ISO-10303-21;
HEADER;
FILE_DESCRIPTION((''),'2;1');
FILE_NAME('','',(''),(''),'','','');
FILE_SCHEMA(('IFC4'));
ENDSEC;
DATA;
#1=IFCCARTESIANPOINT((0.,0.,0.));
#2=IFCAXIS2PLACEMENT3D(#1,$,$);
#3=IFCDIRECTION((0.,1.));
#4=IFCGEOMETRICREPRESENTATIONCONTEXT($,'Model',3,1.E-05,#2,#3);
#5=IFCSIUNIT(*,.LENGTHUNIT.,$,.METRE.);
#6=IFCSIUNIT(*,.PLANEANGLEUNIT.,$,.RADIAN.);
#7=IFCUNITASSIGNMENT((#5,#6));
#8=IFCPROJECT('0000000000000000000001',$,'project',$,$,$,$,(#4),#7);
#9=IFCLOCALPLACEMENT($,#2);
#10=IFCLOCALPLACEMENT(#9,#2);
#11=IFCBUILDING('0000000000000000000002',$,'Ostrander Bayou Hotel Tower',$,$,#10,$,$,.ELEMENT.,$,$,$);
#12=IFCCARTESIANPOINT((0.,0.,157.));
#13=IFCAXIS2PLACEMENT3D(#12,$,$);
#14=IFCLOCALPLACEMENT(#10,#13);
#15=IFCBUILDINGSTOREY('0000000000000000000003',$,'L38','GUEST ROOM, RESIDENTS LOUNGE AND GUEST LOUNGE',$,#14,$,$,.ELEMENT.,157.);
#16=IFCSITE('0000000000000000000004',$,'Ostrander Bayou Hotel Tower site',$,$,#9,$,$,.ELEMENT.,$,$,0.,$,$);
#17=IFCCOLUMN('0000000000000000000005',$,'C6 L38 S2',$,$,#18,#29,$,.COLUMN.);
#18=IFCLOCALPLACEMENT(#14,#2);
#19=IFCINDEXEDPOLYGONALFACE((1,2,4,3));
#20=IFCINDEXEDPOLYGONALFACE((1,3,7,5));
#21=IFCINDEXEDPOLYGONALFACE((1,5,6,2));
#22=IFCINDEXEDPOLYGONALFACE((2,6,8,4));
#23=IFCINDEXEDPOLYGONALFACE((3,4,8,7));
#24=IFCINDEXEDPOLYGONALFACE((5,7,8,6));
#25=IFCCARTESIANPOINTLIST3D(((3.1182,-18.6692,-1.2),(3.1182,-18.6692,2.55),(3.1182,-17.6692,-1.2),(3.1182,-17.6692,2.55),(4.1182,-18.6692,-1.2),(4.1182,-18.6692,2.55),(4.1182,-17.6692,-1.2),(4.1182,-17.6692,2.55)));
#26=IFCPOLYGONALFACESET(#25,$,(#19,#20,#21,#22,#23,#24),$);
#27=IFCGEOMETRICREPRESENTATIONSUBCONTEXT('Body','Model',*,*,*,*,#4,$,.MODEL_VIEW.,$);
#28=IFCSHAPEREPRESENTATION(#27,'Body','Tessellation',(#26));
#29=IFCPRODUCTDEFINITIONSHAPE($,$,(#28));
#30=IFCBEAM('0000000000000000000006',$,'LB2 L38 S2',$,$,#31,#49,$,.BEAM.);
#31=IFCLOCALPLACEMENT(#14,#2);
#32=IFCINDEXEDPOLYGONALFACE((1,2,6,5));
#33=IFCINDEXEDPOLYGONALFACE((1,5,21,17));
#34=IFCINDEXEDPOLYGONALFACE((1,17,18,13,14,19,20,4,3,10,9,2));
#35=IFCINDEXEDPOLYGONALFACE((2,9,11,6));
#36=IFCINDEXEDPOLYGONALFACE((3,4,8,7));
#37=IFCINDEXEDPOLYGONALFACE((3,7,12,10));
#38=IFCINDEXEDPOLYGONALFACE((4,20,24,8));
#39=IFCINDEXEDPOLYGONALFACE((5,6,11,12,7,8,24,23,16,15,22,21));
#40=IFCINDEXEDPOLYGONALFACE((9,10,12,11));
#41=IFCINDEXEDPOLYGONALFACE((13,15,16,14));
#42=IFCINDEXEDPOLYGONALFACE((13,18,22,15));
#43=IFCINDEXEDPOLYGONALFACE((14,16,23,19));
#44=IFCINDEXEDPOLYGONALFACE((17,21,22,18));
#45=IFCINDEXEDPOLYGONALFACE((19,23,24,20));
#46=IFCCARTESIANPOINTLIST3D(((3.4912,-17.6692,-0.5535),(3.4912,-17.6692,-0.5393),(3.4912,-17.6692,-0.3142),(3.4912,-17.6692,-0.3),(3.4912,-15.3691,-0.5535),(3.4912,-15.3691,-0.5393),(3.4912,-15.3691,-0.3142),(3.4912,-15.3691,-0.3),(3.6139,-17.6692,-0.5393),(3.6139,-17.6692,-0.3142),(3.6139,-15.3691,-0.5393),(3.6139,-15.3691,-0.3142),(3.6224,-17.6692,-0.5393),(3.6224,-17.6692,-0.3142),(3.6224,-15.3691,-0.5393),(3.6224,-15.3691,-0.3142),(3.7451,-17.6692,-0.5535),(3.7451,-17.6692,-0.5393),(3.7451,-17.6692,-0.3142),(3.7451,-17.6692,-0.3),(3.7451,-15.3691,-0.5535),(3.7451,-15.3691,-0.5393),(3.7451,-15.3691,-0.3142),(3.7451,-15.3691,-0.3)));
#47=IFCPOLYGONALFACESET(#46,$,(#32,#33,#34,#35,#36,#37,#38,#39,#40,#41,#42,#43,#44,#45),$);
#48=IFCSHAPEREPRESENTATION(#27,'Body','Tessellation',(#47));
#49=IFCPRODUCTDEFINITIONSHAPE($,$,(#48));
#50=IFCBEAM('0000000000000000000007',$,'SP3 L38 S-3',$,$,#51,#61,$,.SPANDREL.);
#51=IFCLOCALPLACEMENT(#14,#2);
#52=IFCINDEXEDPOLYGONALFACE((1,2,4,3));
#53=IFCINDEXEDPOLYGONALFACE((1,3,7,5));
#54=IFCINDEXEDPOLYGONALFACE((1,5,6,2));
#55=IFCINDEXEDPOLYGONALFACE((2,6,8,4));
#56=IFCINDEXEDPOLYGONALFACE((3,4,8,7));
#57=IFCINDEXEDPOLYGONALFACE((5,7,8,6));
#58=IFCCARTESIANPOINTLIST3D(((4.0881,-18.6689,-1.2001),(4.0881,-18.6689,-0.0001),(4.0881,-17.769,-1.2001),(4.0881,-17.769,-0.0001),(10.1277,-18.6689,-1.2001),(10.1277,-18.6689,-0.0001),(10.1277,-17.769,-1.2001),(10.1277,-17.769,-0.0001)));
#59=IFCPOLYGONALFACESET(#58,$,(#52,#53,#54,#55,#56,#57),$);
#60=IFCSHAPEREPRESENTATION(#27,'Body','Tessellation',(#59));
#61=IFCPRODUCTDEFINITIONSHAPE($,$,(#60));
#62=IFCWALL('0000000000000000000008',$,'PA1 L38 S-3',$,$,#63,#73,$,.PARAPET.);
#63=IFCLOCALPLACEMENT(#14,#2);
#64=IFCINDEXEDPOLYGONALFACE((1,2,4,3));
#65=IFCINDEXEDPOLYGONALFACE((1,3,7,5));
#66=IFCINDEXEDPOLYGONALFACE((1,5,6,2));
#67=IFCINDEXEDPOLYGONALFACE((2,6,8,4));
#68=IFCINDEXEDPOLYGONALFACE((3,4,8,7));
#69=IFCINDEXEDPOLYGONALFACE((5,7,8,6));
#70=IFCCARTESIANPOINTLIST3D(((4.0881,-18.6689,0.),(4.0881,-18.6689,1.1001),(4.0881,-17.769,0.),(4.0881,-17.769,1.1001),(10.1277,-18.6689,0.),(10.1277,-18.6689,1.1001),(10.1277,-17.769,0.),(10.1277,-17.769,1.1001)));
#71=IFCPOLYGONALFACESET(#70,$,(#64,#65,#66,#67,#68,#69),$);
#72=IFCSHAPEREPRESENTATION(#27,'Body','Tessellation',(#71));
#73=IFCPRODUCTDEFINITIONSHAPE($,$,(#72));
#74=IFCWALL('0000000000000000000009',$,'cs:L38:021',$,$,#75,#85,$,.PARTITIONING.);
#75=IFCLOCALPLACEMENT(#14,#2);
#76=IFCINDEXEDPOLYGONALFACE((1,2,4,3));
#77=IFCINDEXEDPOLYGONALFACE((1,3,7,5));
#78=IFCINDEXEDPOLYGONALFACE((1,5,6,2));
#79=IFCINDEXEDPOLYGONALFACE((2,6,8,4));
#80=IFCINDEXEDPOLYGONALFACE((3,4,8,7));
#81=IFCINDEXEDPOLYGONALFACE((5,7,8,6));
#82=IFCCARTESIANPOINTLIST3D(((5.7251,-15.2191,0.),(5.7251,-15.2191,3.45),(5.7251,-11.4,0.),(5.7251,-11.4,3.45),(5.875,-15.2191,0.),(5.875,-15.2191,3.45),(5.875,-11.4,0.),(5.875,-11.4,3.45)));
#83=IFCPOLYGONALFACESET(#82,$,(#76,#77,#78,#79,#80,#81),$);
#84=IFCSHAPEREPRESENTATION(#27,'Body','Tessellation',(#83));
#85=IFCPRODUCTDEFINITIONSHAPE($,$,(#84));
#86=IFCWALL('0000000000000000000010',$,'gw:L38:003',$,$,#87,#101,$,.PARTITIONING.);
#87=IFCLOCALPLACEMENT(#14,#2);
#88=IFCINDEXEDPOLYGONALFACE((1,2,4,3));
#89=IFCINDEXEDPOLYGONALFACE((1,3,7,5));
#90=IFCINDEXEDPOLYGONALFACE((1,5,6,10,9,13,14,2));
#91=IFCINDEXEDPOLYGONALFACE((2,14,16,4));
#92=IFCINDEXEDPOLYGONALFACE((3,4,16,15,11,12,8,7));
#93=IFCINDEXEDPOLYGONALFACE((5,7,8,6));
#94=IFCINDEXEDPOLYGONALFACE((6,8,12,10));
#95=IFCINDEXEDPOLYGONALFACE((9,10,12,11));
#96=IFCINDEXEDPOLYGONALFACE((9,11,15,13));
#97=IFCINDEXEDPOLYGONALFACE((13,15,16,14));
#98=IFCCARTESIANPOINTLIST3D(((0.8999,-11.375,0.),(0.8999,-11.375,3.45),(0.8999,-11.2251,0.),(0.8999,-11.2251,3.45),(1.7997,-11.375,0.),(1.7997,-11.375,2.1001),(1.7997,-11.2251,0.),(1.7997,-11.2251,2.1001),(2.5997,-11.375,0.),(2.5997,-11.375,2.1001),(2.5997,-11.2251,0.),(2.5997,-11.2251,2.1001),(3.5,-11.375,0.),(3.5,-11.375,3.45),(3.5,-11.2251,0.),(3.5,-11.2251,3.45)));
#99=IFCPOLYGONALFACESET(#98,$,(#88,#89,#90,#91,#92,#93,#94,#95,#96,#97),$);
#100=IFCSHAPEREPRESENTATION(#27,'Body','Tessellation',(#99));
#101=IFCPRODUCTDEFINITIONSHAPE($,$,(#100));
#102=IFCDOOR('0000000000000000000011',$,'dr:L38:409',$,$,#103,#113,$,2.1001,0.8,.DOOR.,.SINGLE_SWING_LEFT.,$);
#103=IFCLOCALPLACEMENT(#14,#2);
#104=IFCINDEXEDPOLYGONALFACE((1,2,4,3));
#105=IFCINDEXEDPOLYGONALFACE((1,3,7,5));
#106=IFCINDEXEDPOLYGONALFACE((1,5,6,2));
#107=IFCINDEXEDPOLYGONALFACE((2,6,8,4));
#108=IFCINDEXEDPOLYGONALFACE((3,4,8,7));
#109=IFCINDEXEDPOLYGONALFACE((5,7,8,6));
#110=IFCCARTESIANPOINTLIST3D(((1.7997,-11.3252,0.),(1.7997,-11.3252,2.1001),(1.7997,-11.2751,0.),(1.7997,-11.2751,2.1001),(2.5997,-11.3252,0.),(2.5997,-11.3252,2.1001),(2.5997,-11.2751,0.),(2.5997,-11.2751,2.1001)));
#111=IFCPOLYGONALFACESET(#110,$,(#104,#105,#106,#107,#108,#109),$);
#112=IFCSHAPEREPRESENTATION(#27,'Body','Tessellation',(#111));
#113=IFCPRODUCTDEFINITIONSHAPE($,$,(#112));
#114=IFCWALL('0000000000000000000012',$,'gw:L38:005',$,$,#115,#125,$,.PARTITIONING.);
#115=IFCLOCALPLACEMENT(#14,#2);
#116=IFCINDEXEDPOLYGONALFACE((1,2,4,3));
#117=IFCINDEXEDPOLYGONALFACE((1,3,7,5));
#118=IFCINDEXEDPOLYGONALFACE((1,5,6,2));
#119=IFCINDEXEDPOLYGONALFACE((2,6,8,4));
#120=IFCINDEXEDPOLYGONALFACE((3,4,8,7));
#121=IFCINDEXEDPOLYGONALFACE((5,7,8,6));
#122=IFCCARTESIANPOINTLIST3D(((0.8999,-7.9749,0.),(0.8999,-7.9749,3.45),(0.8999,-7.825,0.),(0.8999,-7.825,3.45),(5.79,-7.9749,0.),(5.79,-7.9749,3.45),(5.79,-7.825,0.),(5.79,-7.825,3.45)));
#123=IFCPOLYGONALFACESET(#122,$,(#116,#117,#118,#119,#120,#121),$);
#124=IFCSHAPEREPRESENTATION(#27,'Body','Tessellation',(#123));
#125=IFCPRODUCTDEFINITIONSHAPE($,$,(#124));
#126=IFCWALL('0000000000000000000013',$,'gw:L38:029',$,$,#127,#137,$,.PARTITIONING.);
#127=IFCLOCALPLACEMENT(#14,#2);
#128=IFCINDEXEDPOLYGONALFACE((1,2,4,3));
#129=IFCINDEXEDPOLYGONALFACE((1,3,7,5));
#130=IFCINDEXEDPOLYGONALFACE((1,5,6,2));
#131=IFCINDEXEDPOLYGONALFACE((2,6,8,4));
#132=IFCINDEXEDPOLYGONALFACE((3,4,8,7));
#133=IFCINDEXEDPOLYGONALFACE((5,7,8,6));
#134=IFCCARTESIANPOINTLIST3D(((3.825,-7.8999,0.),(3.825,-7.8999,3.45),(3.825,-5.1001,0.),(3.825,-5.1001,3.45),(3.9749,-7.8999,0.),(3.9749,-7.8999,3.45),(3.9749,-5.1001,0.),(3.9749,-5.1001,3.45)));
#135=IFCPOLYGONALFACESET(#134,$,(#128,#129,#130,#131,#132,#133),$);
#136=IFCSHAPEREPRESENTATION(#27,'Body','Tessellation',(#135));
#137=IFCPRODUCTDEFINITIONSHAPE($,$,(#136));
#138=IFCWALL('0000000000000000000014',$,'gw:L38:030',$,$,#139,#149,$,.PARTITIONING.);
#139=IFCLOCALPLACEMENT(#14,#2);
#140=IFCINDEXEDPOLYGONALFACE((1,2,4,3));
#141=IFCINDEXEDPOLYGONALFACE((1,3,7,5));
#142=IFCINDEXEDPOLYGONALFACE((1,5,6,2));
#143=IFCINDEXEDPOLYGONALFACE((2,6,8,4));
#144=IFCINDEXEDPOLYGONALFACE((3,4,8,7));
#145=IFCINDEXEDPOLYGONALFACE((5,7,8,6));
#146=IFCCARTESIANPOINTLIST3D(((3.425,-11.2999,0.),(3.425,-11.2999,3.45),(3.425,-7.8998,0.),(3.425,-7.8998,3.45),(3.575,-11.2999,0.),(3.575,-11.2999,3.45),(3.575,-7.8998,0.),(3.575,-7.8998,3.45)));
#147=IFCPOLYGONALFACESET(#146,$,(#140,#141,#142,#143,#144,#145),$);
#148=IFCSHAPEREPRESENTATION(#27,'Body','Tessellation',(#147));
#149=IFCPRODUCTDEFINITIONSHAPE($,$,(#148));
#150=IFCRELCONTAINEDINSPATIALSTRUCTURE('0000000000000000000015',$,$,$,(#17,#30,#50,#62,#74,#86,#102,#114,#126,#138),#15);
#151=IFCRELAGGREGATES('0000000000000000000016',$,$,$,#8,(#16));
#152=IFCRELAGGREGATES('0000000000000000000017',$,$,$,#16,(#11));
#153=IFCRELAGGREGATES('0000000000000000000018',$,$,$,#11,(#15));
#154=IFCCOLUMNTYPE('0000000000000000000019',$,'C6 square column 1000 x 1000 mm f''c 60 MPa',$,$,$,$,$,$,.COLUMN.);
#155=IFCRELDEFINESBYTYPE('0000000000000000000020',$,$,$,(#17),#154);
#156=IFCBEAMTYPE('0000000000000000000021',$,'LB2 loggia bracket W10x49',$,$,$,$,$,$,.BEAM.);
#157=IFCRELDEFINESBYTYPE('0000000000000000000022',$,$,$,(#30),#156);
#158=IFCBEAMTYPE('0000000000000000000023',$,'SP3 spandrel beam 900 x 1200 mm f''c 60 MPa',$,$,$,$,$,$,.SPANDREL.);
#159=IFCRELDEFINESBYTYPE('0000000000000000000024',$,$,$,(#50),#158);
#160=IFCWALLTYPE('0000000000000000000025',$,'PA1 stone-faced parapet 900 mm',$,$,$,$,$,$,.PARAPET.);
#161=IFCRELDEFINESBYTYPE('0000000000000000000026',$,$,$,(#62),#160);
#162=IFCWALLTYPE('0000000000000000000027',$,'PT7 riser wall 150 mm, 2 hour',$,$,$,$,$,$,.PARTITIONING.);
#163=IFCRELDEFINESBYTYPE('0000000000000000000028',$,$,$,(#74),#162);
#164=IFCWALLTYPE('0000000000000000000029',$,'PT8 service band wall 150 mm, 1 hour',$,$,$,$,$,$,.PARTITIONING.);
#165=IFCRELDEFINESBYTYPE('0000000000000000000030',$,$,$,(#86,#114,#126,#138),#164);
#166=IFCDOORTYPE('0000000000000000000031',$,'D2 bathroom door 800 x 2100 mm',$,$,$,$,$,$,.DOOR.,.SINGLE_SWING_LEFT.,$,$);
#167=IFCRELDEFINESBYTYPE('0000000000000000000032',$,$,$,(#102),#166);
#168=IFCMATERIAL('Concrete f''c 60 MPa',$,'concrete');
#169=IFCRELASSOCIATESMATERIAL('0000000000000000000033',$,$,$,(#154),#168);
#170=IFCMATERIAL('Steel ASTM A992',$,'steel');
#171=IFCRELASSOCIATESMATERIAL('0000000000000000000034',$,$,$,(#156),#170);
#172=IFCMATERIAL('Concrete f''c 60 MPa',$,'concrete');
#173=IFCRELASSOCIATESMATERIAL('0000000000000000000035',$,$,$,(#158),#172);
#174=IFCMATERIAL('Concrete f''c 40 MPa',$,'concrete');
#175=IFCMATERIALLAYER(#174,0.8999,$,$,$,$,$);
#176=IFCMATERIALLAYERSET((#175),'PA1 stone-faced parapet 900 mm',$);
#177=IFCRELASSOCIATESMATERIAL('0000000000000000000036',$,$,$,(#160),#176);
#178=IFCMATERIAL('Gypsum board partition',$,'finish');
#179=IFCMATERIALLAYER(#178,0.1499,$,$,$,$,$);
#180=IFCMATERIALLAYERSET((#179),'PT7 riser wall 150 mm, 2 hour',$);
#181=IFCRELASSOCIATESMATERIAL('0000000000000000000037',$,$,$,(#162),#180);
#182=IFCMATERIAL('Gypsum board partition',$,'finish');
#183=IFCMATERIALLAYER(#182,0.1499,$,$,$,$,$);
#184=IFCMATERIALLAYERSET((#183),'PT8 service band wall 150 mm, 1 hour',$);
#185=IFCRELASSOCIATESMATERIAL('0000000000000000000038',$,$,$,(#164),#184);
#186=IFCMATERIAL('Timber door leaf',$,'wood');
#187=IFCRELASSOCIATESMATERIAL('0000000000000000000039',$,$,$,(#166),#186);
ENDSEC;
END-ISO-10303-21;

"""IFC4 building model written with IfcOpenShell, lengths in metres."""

from ifc_helpers import new_model, si_unit, direction, frame, frame_2d, origin, origin_2d, place, context, subcontext, project, spatial, rectangle, i_section, extrude, material, layer, layer_set, material_profile, profile_set, type_object, element, fill, save


model = new_model("IFC4")

# Units and contexts
model_context = context("Model", 3, precision=1e-05, world=origin(), true_north=direction((0.0, 1.0)))
body_context = subcontext(model_context, "Body", "Model", "MODEL_VIEW")
ifc_project = project(units=[si_unit("LENGTHUNIT", "METRE"), si_unit("PLANEANGLEUNIT", "RADIAN")], contexts=[model_context])

# Site, building, storey
site_placement = place(None, origin())
site = spatial("IfcSite", under=ifc_project, at=site_placement, Name="Ostrander Bayou Hotel Tower site", CompositionType="ELEMENT", RefElevation=0.0)
building_placement = place(site_placement, origin())
building = spatial("IfcBuilding", under=site, at=building_placement, Name="Ostrander Bayou Hotel Tower", CompositionType="ELEMENT")
storey_placement = place(building_placement, frame((0.0, 0.0, 157.0)))
storey = spatial("IfcBuildingStorey", under=building, at=storey_placement, Name="L38", Description="GUEST ROOM, RESIDENTS LOUNGE AND GUEST LOUNGE", CompositionType="ELEMENT", Elevation=157.0)

# Column
ifc_material_1 = material(Name="Concrete f'c 60 MPa", Category="concrete")
ifc_material_profile_1 = material_profile(ifc_material_1, rectangle(XDim=1.0, YDim=1.0, at=origin_2d()))
ifc_profile_set_1 = profile_set([ifc_material_profile_1], Name="Concrete f'c 60 MPa")
column_type = type_object("IfcColumnType", Name="C6 square column 1000 x 1000 mm f'c 60 MPa", PredefinedType="COLUMN", material=ifc_profile_set_1)
column_placement = place(storey_placement, frame((3.6182, -18.1692, -1.2), z_axis=(0.0, 0.0, 1.0), x_axis=(-1.0, 0.0, 0.0)))
element("IfcColumn", 1, at=column_placement, inside=storey, type_object=column_type, Name="C6 L38 S2", PredefinedType="COLUMN", context=body_context, shape_type="SweptSolid", body=[
    extrude(rectangle(XDim=1.0, YDim=1.0, at=origin_2d()), origin(), (0.0, 0.0, 1.0), 3.75),
])

# Beams
ifc_material_2 = material(Name="Steel ASTM A992", Category="steel")
ifc_material_profile_2 = material_profile(ifc_material_2, i_section(OverallWidth=0.2539, OverallDepth=0.2534, WebThickness=0.0085, FlangeThickness=0.0142, at=origin_2d()))
ifc_profile_set_2 = profile_set([ifc_material_profile_2], Name="Steel ASTM A992")
beam_type_1 = type_object("IfcBeamType", Name="LB2 loggia bracket W10x49", PredefinedType="BEAM", material=ifc_profile_set_2)
beam_1_placement = place(storey_placement, frame((3.6182, -17.6692, -0.4268), z_axis=(0.0, 1.0, 0.0), x_axis=(-1.0, 0.0, 0.0)))
element("IfcBeam", 2, at=beam_1_placement, inside=storey, type_object=beam_type_1, Name="LB2 L38 S2", PredefinedType="BEAM", context=body_context, shape_type="SweptSolid", body=[
    extrude(i_section(OverallWidth=0.2539, OverallDepth=0.2534, WebThickness=0.0085, FlangeThickness=0.0142, at=origin_2d()), origin(), (0.0, 0.0, 1.0), 2.3),
])
ifc_material_3 = material(Name="Concrete f'c 60 MPa", Category="concrete")
ifc_material_profile_3 = material_profile(ifc_material_3, rectangle(XDim=0.8999, YDim=1.2, at=origin_2d()))
ifc_profile_set_3 = profile_set([ifc_material_profile_3], Name="Concrete f'c 60 MPa")
beam_type_2 = type_object("IfcBeamType", Name="SP3 spandrel beam 900 x 1200 mm f'c 60 MPa", PredefinedType="SPANDREL", material=ifc_profile_set_3)
beam_2_placement = place(storey_placement, frame((4.0881, -18.219, -0.6001), z_axis=(1.0, 0.0, 0.0), x_axis=(0.0, 1.0, 0.0)))
element("IfcBeam", 3, at=beam_2_placement, inside=storey, type_object=beam_type_2, Name="SP3 L38 S-3", PredefinedType="SPANDREL", context=body_context, shape_type="SweptSolid", body=[
    extrude(rectangle(XDim=0.8999, YDim=1.2, at=origin_2d()), origin(), (0.0, 0.0, 1.0), 6.0396),
])

# Walls
ifc_material_4 = material(Name="Concrete f'c 40 MPa", Category="concrete")
ifc_layer_1 = layer(ifc_material_4, 0.8999)
ifc_layer_set_1 = layer_set([ifc_layer_1], Name="PA1 stone-faced parapet 900 mm")
wall_type_1 = type_object("IfcWallType", Name="PA1 stone-faced parapet 900 mm", PredefinedType="PARAPET", material=ifc_layer_set_1)
wall_1_placement = place(storey_placement, frame((4.0881, -18.219, 0.0), z_axis=(0.0, 0.0, 1.0), x_axis=(1.0, 0.0, 0.0)))
element("IfcWall", 4, at=wall_1_placement, inside=storey, type_object=wall_type_1, Name="PA1 L38 S-3", PredefinedType="PARAPET", context=body_context, shape_type="SweptSolid", body=[
    extrude(rectangle(XDim=6.0396, YDim=0.8999, at=frame_2d((3.0198, 0.0))), origin(), (0.0, 0.0, 1.0), 1.1001),
])
ifc_material_5 = material(Name="Gypsum board partition", Category="finish")
ifc_layer_2 = layer(ifc_material_5, 0.1499)
ifc_layer_set_2 = layer_set([ifc_layer_2], Name="PT7 riser wall 150 mm, 2 hour")
wall_type_2 = type_object("IfcWallType", Name="PT7 riser wall 150 mm, 2 hour", PredefinedType="PARTITIONING", material=ifc_layer_set_2)
wall_2_placement = place(storey_placement, frame((5.8, -11.3999, 0.0), z_axis=(0.0, 0.0, 1.0), x_axis=(0.0, -1.0, 0.0)))
element("IfcWall", 5, at=wall_2_placement, inside=storey, type_object=wall_type_2, Name="cs:L38:021", PredefinedType="PARTITIONING", context=body_context, shape_type="SweptSolid", body=[
    extrude(rectangle(XDim=3.8191, YDim=0.1499, at=frame_2d((1.9097, 0.0))), origin(), (0.0, 0.0, 1.0), 3.45),
])

# Wall, opening, door
ifc_material_6 = material(Name="Gypsum board partition", Category="finish")
ifc_layer_3 = layer(ifc_material_6, 0.1499)
ifc_layer_set_3 = layer_set([ifc_layer_3], Name="PT8 service band wall 150 mm, 1 hour")
wall_type_3 = type_object("IfcWallType", Name="PT8 service band wall 150 mm, 1 hour", PredefinedType="PARTITIONING", material=ifc_layer_set_3)
wall_3_placement = place(storey_placement, frame((0.8999, -11.3, 0.0), z_axis=(0.0, 0.0, 1.0), x_axis=(1.0, 0.0, 0.0)))
wall_3 = element("IfcWall", 6, at=wall_3_placement, inside=storey, type_object=wall_type_3, Name="gw:L38:003", PredefinedType="PARTITIONING", context=body_context, shape_type="SweptSolid", body=[
    extrude(rectangle(XDim=2.6001, YDim=0.1499, at=frame_2d((1.3, 0.0))), origin(), (0.0, 0.0, 1.0), 3.45),
])
opening_1_placement = place(wall_3_placement, frame((0.8999, 0.0, 0.0)))
opening_1 = element("IfcOpeningElement", 7, at=opening_1_placement, cuts=wall_3, PredefinedType="OPENING", context=body_context, shape_type="SweptSolid", body=[
    extrude(rectangle(XDim=0.8, YDim=2.1001, at=frame_2d((0.3999, 1.05))), frame((0.0, 0.075, 0.0), z_axis=(0.0, -1.0, 0.0), x_axis=(1.0, 0.0, 0.0)), (0.0, 0.0, 1.0), 0.1499),
])
ifc_material_7 = material(Name="Timber door leaf", Category="wood")
door_type_1 = type_object("IfcDoorType", Name="D2 bathroom door 800 x 2100 mm", OperationType="SINGLE_SWING_LEFT", PredefinedType="DOOR", material=ifc_material_7)
door_1_placement = place(opening_1_placement, origin())
door_1 = element("IfcDoor", 8, at=door_1_placement, inside=storey, type_object=door_type_1, Name="dr:L38:409", OperationType="SINGLE_SWING_LEFT", OverallHeight=2.1001, OverallWidth=0.8, PredefinedType="DOOR", context=body_context, shape_type="SweptSolid", body=[
    extrude(rectangle(XDim=0.8, YDim=2.1001, at=frame_2d((0.3999, 1.05))), frame((0.0, 0.0249, 0.0), z_axis=(0.0, -1.0, 0.0), x_axis=(1.0, 0.0, 0.0)), (0.0, 0.0, 1.0), 0.05),
])
fill(opening_1, door_1)

# Walls
wall_4_placement = place(storey_placement, frame((0.8999, -7.8999, 0.0), z_axis=(0.0, 0.0, 1.0), x_axis=(1.0, 0.0, 0.0)))
element("IfcWall", 9, at=wall_4_placement, inside=storey, type_object=wall_type_3, Name="gw:L38:005", PredefinedType="PARTITIONING", context=body_context, shape_type="SweptSolid", body=[
    extrude(rectangle(XDim=4.8901, YDim=0.1499, at=frame_2d((2.4451, 0.0))), origin(), (0.0, 0.0, 1.0), 3.45),
])
wall_5_placement = place(storey_placement, frame((3.8999, -7.8999, 0.0), z_axis=(0.0, 0.0, 1.0), x_axis=(0.0, 1.0, 0.0)))
element("IfcWall", 10, at=wall_5_placement, inside=storey, type_object=wall_type_3, Name="gw:L38:029", PredefinedType="PARTITIONING", context=body_context, shape_type="SweptSolid", body=[
    extrude(rectangle(XDim=2.7998, YDim=0.1499, at=frame_2d((1.3999, 0.0))), origin(), (0.0, 0.0, 1.0), 3.45),
])
wall_6_placement = place(storey_placement, frame((3.5, -11.3, 0.0), z_axis=(0.0, 0.0, 1.0), x_axis=(0.0, 1.0, 0.0)))
element("IfcWall", 11, at=wall_6_placement, inside=storey, type_object=wall_type_3, Name="gw:L38:030", PredefinedType="PARTITIONING", context=body_context, shape_type="SweptSolid", body=[
    extrude(rectangle(XDim=3.4001, YDim=0.1499, at=frame_2d((1.7002, 0.0))), origin(), (0.0, 0.0, 1.0), 3.45),
])

save(model, "model.ifc")
